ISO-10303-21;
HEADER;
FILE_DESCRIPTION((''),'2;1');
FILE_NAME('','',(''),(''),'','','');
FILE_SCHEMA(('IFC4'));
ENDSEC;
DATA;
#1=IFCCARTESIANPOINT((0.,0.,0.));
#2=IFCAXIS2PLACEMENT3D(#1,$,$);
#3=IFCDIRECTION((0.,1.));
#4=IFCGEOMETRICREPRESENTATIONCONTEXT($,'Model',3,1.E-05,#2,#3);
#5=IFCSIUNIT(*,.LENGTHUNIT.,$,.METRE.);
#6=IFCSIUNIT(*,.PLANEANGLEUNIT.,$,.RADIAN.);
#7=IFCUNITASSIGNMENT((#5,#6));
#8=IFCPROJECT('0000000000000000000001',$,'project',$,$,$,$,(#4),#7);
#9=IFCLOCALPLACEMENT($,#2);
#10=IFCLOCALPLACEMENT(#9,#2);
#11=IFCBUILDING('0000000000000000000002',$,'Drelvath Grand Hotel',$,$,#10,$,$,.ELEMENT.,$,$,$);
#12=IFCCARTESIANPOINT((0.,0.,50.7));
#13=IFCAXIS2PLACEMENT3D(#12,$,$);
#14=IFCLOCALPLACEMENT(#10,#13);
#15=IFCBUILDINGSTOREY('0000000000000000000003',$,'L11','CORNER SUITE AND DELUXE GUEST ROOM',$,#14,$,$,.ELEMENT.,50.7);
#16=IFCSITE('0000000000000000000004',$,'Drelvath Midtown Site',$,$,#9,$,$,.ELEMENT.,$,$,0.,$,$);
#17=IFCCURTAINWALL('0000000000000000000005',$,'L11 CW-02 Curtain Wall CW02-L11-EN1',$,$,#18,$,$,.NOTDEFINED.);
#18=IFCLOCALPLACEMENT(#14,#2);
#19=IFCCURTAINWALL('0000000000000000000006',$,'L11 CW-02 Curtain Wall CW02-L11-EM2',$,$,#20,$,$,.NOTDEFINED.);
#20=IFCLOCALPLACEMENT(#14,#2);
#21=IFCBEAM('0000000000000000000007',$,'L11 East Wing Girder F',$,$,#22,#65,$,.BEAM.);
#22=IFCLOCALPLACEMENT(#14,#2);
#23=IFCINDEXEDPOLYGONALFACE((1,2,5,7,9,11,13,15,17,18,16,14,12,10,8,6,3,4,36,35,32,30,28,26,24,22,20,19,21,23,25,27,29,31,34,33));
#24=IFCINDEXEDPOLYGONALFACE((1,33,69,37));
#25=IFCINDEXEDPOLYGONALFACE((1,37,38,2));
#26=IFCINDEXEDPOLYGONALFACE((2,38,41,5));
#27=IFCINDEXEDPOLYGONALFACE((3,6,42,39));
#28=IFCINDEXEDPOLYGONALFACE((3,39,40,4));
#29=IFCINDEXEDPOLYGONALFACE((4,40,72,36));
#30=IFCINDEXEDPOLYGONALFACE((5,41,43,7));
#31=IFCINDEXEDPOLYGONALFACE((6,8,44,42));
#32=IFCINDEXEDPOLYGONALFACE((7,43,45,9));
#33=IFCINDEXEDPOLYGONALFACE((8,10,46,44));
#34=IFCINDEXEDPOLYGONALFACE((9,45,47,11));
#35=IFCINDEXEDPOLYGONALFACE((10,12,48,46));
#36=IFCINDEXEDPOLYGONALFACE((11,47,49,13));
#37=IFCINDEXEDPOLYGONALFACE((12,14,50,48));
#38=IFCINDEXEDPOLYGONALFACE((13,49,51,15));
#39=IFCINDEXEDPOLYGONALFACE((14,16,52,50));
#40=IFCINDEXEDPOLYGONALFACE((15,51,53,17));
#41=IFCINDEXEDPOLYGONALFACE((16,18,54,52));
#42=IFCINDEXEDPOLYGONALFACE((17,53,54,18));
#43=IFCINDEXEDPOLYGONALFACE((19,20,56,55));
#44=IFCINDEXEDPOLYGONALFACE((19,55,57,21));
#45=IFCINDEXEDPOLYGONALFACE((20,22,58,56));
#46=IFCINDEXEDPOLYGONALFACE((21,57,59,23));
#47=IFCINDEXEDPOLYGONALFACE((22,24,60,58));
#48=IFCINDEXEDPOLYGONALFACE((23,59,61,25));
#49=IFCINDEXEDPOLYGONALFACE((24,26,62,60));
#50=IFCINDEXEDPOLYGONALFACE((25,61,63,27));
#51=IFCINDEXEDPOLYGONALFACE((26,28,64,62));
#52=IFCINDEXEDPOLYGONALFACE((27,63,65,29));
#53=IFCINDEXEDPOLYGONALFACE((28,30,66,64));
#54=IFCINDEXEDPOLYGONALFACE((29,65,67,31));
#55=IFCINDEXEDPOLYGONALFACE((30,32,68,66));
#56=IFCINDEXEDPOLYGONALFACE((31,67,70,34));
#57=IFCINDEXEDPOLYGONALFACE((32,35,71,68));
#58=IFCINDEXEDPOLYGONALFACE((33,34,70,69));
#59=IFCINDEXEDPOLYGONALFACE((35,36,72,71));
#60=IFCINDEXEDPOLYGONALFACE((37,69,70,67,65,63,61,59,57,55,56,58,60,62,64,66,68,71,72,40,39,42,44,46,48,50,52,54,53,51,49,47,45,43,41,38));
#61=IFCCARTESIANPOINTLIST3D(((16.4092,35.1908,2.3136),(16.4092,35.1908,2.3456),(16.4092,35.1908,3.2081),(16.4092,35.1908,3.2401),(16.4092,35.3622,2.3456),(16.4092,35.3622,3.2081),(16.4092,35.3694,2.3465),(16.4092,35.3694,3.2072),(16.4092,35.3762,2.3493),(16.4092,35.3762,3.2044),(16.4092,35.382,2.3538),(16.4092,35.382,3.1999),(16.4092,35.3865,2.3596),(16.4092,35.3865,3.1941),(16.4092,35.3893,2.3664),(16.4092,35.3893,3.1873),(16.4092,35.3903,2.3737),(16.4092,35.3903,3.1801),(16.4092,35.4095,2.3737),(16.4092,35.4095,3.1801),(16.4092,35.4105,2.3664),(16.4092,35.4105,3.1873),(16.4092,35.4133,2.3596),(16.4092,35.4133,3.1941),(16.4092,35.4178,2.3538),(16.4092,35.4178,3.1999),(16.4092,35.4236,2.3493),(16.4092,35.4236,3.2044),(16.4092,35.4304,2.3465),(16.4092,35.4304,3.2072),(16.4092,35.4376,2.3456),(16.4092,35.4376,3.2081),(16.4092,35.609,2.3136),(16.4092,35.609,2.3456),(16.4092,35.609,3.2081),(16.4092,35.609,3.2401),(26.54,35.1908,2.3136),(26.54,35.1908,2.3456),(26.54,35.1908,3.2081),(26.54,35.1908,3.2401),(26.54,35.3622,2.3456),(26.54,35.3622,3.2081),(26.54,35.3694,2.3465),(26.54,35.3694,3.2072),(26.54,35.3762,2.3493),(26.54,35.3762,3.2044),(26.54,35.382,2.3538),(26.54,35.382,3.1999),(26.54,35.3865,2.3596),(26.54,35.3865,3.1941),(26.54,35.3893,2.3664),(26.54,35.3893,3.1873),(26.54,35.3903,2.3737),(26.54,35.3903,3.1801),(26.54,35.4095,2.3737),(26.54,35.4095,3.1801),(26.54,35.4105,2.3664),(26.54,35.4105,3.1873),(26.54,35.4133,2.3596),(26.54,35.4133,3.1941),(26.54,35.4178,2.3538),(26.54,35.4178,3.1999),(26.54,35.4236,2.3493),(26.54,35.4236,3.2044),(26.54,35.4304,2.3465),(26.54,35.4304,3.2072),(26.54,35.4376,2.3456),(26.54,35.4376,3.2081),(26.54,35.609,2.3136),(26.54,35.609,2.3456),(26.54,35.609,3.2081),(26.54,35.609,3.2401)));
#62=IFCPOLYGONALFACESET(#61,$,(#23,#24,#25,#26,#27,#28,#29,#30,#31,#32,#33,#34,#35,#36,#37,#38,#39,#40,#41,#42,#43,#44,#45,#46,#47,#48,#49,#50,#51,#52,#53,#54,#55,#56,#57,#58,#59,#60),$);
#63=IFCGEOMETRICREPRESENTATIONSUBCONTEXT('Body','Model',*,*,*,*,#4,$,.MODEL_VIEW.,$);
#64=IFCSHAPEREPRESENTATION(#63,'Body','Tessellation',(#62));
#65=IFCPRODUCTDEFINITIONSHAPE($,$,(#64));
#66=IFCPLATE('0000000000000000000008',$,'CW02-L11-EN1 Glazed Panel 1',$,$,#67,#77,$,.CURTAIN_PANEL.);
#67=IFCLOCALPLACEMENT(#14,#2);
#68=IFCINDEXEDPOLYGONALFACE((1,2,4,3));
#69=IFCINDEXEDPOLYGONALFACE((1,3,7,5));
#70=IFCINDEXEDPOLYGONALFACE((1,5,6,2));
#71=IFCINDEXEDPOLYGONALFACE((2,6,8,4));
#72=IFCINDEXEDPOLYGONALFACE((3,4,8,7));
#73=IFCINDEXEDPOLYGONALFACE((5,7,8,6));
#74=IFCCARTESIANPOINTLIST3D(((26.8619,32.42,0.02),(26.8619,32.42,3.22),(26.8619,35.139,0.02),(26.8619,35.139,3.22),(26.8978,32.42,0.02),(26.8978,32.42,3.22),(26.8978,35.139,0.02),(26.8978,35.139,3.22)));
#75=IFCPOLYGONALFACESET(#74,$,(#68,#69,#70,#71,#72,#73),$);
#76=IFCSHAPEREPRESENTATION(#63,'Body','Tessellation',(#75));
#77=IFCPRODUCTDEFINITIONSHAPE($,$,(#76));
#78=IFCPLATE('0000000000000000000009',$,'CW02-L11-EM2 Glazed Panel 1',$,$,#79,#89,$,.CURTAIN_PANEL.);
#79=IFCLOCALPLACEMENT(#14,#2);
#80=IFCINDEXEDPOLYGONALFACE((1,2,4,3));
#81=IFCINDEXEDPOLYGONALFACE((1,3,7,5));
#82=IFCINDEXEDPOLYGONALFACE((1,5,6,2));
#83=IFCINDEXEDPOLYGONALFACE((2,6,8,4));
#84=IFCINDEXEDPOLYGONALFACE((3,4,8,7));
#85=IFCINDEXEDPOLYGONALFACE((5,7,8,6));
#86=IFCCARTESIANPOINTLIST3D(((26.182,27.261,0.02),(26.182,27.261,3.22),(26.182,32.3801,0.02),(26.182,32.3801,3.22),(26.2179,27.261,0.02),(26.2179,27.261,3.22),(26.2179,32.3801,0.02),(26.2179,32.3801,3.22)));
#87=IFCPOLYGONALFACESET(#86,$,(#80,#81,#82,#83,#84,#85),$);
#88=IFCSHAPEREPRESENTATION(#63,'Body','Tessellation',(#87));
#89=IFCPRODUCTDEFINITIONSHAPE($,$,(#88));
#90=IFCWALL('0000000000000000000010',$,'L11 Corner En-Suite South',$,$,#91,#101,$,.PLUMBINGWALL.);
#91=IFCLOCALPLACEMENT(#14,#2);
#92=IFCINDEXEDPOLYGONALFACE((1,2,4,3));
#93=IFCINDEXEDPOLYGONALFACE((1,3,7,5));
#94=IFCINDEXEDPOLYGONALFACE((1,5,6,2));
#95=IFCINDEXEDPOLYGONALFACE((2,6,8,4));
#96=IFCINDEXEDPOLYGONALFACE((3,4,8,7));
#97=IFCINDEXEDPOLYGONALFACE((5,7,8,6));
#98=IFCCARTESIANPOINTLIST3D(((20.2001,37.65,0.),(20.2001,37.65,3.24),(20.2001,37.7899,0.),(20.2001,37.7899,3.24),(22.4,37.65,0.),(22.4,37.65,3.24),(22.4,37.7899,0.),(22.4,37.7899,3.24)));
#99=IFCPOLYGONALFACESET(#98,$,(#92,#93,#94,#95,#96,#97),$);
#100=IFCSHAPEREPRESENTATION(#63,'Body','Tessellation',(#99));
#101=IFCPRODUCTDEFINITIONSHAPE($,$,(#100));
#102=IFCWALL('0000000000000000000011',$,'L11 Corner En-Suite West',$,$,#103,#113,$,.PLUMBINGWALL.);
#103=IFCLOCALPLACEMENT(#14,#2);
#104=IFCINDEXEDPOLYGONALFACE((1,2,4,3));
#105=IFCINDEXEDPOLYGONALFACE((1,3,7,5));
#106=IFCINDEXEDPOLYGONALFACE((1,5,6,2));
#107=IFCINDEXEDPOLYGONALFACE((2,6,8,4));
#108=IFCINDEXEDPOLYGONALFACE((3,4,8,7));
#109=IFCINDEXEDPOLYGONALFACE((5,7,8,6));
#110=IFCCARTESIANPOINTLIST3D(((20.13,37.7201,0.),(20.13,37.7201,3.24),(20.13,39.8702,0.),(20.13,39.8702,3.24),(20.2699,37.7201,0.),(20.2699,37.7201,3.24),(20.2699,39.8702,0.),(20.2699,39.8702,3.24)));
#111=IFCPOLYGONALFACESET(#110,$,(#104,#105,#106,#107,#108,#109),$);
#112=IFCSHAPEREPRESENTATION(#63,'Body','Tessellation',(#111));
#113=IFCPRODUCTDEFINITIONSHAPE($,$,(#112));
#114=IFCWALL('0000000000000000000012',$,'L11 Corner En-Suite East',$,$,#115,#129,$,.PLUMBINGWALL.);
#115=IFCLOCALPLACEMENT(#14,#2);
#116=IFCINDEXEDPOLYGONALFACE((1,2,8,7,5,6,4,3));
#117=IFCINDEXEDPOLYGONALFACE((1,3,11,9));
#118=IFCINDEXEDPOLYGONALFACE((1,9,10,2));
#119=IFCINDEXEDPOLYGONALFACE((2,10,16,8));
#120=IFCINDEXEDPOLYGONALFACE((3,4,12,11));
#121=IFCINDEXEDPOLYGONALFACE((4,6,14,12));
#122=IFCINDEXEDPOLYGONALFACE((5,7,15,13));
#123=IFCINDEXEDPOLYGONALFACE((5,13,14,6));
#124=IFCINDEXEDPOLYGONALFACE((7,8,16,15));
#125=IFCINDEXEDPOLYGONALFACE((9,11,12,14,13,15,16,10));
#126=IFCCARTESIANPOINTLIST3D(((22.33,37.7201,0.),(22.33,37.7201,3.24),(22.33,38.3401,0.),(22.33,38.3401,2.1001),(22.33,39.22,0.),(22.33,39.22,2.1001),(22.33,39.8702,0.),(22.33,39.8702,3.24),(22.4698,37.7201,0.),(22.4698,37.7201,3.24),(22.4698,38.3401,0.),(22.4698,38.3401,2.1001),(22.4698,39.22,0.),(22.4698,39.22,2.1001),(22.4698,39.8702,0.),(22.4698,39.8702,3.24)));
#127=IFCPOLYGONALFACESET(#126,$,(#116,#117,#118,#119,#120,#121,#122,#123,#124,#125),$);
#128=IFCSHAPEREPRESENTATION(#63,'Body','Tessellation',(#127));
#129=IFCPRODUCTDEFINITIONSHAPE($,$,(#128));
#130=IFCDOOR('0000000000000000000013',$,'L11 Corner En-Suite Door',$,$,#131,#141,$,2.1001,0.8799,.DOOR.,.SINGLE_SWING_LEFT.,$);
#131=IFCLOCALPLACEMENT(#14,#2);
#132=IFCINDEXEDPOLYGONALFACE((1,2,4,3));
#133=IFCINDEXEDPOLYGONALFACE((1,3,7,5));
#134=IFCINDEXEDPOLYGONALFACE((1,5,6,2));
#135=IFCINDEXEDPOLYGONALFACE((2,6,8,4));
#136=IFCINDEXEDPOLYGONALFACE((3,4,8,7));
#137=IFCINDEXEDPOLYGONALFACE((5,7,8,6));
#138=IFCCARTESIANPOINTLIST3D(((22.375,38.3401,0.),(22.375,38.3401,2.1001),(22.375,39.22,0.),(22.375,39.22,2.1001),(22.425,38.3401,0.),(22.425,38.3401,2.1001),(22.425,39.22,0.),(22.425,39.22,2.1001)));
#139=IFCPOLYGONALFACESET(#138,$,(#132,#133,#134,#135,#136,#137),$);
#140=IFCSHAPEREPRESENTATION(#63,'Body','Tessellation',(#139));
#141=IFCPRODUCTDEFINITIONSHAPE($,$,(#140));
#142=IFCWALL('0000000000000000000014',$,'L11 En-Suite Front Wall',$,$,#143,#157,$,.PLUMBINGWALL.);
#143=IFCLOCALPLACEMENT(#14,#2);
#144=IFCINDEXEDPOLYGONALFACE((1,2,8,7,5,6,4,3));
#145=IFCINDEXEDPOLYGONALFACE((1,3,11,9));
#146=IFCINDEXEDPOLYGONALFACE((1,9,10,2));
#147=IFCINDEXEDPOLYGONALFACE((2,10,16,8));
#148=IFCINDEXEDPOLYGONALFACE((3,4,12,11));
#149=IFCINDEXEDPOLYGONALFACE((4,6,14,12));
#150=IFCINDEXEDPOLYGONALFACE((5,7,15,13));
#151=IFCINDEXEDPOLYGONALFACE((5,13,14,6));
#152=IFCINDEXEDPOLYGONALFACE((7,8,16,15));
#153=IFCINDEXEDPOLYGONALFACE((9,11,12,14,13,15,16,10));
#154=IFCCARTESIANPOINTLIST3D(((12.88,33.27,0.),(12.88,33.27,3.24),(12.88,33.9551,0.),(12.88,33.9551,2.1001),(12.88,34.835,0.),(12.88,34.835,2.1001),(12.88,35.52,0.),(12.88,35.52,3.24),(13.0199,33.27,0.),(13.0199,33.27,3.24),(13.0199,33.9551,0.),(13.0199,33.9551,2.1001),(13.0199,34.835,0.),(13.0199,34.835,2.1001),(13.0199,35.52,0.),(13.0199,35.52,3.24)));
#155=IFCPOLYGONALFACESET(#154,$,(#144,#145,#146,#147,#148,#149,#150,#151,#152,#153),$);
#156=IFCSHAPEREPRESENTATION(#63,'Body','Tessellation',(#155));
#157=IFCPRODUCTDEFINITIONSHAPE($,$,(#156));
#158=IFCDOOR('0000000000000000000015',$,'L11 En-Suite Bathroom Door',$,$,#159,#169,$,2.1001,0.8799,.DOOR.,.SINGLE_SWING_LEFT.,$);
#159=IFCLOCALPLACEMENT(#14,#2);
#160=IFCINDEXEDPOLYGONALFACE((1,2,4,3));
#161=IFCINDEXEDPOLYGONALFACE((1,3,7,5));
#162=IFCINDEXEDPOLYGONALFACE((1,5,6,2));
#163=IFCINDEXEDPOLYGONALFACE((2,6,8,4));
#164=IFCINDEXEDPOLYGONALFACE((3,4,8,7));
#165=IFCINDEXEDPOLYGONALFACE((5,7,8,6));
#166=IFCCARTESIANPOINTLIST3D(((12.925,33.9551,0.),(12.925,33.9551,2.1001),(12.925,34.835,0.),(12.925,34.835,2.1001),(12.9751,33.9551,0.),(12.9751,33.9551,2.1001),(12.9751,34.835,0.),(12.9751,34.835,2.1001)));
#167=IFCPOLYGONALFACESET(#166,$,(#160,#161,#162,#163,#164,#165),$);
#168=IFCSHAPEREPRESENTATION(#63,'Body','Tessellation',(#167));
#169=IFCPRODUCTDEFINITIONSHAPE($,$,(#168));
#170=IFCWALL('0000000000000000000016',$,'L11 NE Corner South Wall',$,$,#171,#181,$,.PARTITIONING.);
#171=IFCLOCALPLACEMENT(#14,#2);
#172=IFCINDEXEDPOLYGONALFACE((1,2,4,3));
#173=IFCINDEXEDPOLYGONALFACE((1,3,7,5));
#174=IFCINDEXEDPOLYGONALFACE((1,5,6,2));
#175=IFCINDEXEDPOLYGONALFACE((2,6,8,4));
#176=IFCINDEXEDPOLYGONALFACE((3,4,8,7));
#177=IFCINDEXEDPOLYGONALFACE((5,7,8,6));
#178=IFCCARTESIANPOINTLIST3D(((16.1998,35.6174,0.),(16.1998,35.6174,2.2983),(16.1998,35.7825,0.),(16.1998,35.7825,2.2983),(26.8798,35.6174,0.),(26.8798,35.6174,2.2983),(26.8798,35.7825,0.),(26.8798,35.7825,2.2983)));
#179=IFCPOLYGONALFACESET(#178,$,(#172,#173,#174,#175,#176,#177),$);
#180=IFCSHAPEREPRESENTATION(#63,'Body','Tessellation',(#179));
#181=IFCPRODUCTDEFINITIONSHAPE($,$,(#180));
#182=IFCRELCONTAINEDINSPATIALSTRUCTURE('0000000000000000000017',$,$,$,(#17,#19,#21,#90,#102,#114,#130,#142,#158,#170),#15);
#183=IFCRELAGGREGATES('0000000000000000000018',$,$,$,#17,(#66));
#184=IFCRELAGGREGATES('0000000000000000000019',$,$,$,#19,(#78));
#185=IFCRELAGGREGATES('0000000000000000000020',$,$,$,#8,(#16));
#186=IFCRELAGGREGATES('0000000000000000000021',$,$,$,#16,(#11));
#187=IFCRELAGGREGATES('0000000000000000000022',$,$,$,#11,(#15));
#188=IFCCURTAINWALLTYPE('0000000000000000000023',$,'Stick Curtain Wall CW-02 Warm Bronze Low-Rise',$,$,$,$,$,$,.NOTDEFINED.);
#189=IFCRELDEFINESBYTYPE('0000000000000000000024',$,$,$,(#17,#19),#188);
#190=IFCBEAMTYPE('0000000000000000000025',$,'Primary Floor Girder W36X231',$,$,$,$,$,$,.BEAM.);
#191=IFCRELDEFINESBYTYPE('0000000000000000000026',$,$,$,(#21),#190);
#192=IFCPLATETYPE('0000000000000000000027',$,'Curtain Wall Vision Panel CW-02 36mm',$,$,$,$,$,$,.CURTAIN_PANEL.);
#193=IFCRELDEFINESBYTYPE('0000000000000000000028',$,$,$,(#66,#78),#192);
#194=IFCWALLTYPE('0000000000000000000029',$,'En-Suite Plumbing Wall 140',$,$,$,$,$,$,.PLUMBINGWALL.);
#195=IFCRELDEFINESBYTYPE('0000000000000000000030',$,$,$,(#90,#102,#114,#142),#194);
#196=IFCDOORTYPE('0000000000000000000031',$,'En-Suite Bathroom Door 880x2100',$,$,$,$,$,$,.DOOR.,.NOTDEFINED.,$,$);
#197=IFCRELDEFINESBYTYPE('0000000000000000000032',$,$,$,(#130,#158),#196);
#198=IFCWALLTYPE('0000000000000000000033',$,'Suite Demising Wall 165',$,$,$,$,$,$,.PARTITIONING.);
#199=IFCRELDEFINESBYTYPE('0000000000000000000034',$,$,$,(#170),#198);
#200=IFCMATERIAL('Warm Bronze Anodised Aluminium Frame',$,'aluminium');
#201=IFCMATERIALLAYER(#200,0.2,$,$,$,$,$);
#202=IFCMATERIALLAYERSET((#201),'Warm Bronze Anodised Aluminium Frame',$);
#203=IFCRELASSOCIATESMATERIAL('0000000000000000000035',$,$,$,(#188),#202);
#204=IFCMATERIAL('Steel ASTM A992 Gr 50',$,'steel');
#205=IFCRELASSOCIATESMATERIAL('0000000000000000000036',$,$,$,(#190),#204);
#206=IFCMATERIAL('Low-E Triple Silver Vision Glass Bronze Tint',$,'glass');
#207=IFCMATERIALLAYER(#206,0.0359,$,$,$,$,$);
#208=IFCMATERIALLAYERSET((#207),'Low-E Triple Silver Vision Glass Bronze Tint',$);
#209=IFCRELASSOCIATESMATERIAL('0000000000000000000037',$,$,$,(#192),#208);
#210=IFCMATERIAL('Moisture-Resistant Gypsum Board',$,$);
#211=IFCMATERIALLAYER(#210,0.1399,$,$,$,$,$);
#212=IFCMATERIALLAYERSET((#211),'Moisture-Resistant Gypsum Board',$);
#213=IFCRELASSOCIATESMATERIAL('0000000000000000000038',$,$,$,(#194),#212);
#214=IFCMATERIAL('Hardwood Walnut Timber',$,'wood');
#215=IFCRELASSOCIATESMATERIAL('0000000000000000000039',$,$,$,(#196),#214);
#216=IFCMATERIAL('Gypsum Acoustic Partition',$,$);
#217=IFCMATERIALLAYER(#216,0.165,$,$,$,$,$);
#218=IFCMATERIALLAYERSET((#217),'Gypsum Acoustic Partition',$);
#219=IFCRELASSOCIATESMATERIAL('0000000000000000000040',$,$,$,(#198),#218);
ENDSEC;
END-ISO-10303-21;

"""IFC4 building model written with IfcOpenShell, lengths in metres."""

from ifc_helpers import new_model, si_unit, direction, frame, frame_2d, origin, origin_2d, place, context, subcontext, project, spatial, rectangle, i_section, extrude, material, layer, layer_set, material_profile, profile_set, type_object, element, fill, aggregate, save


model = new_model("IFC4")

# Units and contexts
model_context = context("Model", 3, precision=1e-05, world=origin(), true_north=direction((0.0, 1.0)))
body_context = subcontext(model_context, "Body", "Model", "MODEL_VIEW")
ifc_project = project(units=[si_unit("LENGTHUNIT", "METRE"), si_unit("PLANEANGLEUNIT", "RADIAN")], contexts=[model_context])

# Site, building, storey
site_placement = place(None, origin())
site = spatial("IfcSite", under=ifc_project, at=site_placement, Name="Drelvath Midtown Site", CompositionType="ELEMENT", RefElevation=0.0)
building_placement = place(site_placement, origin())
building = spatial("IfcBuilding", under=site, at=building_placement, Name="Drelvath Grand Hotel", CompositionType="ELEMENT")
storey_placement = place(building_placement, frame((0.0, 0.0, 50.7)))
storey = spatial("IfcBuildingStorey", under=building, at=storey_placement, Name="L11", Description="CORNER SUITE AND DELUXE GUEST ROOM", CompositionType="ELEMENT", Elevation=50.7)

# Curtain walls
ifc_material_1 = material(Name="Warm Bronze Anodised Aluminium Frame", Category="aluminium")
ifc_layer_1 = layer(ifc_material_1, 0.2)
ifc_layer_set_1 = layer_set([ifc_layer_1], Name="Warm Bronze Anodised Aluminium Frame")
curtain_wall_type = type_object("IfcCurtainWallType", Name="Stick Curtain Wall CW-02 Warm Bronze Low-Rise", PredefinedType="NOTDEFINED", material=ifc_layer_set_1)
curtain_wall_1_placement = place(storey_placement, origin())
curtain_wall_1 = element("IfcCurtainWall", 1, at=curtain_wall_1_placement, inside=storey, type_object=curtain_wall_type, Name="L11 CW-02 Curtain Wall CW02-L11-EN1", PredefinedType="NOTDEFINED")
curtain_wall_2_placement = place(storey_placement, origin())
curtain_wall_2 = element("IfcCurtainWall", 2, at=curtain_wall_2_placement, inside=storey, type_object=curtain_wall_type, Name="L11 CW-02 Curtain Wall CW02-L11-EM2", PredefinedType="NOTDEFINED")

# Beam
ifc_material_2 = material(Name="Steel ASTM A992 Gr 50", Category="steel")
ifc_material_profile_1 = material_profile(ifc_material_2, i_section(OverallWidth=0.4182, OverallDepth=0.9265, WebThickness=0.0193, FlangeThickness=0.032, FilletRadius=0.0281, at=origin_2d()), Name="W36X231")
ifc_profile_set_1 = profile_set([ifc_material_profile_1], Name="Steel ASTM A992 Gr 50")
beam_type_1 = type_object("IfcBeamType", Name="Primary Floor Girder W36X231", PredefinedType="BEAM", material=ifc_profile_set_1)
beam_1_placement = place(storey_placement, frame((16.4092, 35.3999, 2.7769), z_axis=(1.0, 0.0, 0.0), x_axis=(0.0, 1.0, 0.0)))
element("IfcBeam", 3, at=beam_1_placement, inside=storey, type_object=beam_type_1, Name="L11 East Wing Girder F", PredefinedType="BEAM", context=body_context, shape_type="SweptSolid", body=[
    extrude(i_section(OverallWidth=0.4182, OverallDepth=0.9265, WebThickness=0.0193, FlangeThickness=0.032, FilletRadius=0.0281, at=origin_2d()), origin(), (0.0, 0.0, 1.0), 10.1309),
])

# Plates
ifc_material_3 = material(Name="Low-E Triple Silver Vision Glass Bronze Tint", Category="glass")
ifc_layer_2 = layer(ifc_material_3, 0.0359)
ifc_layer_set_2 = layer_set([ifc_layer_2], Name="Low-E Triple Silver Vision Glass Bronze Tint")
plate_type = type_object("IfcPlateType", Name="Curtain Wall Vision Panel CW-02 36mm", PredefinedType="CURTAIN_PANEL", material=ifc_layer_set_2)
plate_1_placement = place(storey_placement, frame((26.8799, 33.7795, 0.02), z_axis=(0.0, 0.0, 1.0), x_axis=(0.0, -1.0, 0.0)))
plate_1 = element("IfcPlate", 4, at=plate_1_placement, type_object=plate_type, Name="CW02-L11-EN1 Glazed Panel 1", PredefinedType="CURTAIN_PANEL", context=body_context, shape_type="SweptSolid", body=[
    extrude(rectangle(XDim=2.719, YDim=0.0359, at=origin_2d()), origin(), (0.0, 0.0, 1.0), 3.2),
])
aggregate(curtain_wall_1, [plate_1])
plate_2_placement = place(storey_placement, frame((26.2, 29.8206, 0.02), z_axis=(0.0, 0.0, 1.0), x_axis=(0.0, -1.0, 0.0)))
plate_2 = element("IfcPlate", 5, at=plate_2_placement, type_object=plate_type, Name="CW02-L11-EM2 Glazed Panel 1", PredefinedType="CURTAIN_PANEL", context=body_context, shape_type="SweptSolid", body=[
    extrude(rectangle(XDim=5.1191, YDim=0.0359, at=origin_2d()), origin(), (0.0, 0.0, 1.0), 3.2),
])
aggregate(curtain_wall_2, [plate_2])

# Shared definitions
ifc_material_4 = material(Name="Hardwood Walnut Timber", Category="wood")

# Walls
ifc_material_5 = material(Name="Moisture-Resistant Gypsum Board")
ifc_layer_3 = layer(ifc_material_5, 0.1399)
ifc_layer_set_3 = layer_set([ifc_layer_3], Name="Moisture-Resistant Gypsum Board")
wall_type_1 = type_object("IfcWallType", Name="En-Suite Plumbing Wall 140", PredefinedType="PLUMBINGWALL", material=ifc_layer_set_3)
wall_1_placement = place(storey_placement, frame((20.2, 37.72, 0.0), z_axis=(0.0, 0.0, 1.0), x_axis=(1.0, 0.0, 0.0)))
element("IfcWall", 6, at=wall_1_placement, inside=storey, type_object=wall_type_1, Name="L11 Corner En-Suite South", PredefinedType="PLUMBINGWALL", context=body_context, shape_type="SweptSolid", body=[
    extrude(rectangle(XDim=2.2, YDim=0.1399, at=frame_2d((1.1001, 0.0))), origin(), (0.0, 0.0, 1.0), 3.24),
])
wall_2_placement = place(storey_placement, frame((20.2, 37.72, 0.0), z_axis=(0.0, 0.0, 1.0), x_axis=(0.0, 1.0, 0.0)))
element("IfcWall", 7, at=wall_2_placement, inside=storey, type_object=wall_type_1, Name="L11 Corner En-Suite West", PredefinedType="PLUMBINGWALL", context=body_context, shape_type="SweptSolid", body=[
    extrude(rectangle(XDim=2.1501, YDim=0.1399, at=frame_2d((1.0752, 0.0))), origin(), (0.0, 0.0, 1.0), 3.24),
])

# Walls, openings, doors
wall_3_placement = place(storey_placement, frame((22.3999, 37.72, 0.0), z_axis=(0.0, 0.0, 1.0), x_axis=(0.0, 1.0, 0.0)))
wall_3 = element("IfcWall", 8, at=wall_3_placement, inside=storey, type_object=wall_type_1, Name="L11 Corner En-Suite East", PredefinedType="PLUMBINGWALL", context=body_context, shape_type="SweptSolid", body=[
    extrude(rectangle(XDim=2.1501, YDim=0.1399, at=frame_2d((1.0752, 0.0))), origin(), (0.0, 0.0, 1.0), 3.24),
])
opening_1_placement = place(wall_3_placement, frame((0.6201, 0.0, 0.0)))
opening_1 = element("IfcOpeningElement", 9, at=opening_1_placement, cuts=wall_3, PredefinedType="OPENING", context=body_context, shape_type="SweptSolid", body=[
    extrude(rectangle(XDim=0.8799, YDim=2.1001, at=frame_2d((0.4399, 1.05))), frame((0.0, 0.0798, 0.0), z_axis=(0.0, -1.0, 0.0), x_axis=(1.0, 0.0, 0.0)), (0.0, 0.0, 1.0), 0.1599),
])
door_type_1 = type_object("IfcDoorType", Name="En-Suite Bathroom Door 880x2100", OperationType="NOTDEFINED", PredefinedType="DOOR", material=ifc_material_4)
door_1_placement = place(opening_1_placement, origin())
door_1 = element("IfcDoor", 10, at=door_1_placement, inside=storey, type_object=door_type_1, Name="L11 Corner En-Suite Door", OperationType="SINGLE_SWING_LEFT", OverallHeight=2.1001, OverallWidth=0.8799, PredefinedType="DOOR", context=body_context, shape_type="SweptSolid", body=[
    extrude(rectangle(XDim=0.8799, YDim=2.1001, at=frame_2d((0.4399, 1.05))), frame((0.0, 0.0249, 0.0), z_axis=(0.0, -1.0, 0.0), x_axis=(1.0, 0.0, 0.0)), (0.0, 0.0, 1.0), 0.05),
])
fill(opening_1, door_1)
wall_4_placement = place(storey_placement, frame((12.95, 33.27, 0.0), z_axis=(0.0, 0.0, 1.0), x_axis=(0.0, 1.0, 0.0)))
wall_4 = element("IfcWall", 11, at=wall_4_placement, inside=storey, type_object=wall_type_1, Name="L11 En-Suite Front Wall", PredefinedType="PLUMBINGWALL", context=body_context, shape_type="SweptSolid", body=[
    extrude(rectangle(XDim=2.25, YDim=0.1399, at=frame_2d((1.125, 0.0))), origin(), (0.0, 0.0, 1.0), 3.24),
])
opening_2_placement = place(wall_4_placement, frame((0.6851, 0.0, 0.0)))
opening_2 = element("IfcOpeningElement", 12, at=opening_2_placement, cuts=wall_4, PredefinedType="OPENING", context=body_context, shape_type="SweptSolid", body=[
    extrude(rectangle(XDim=0.8799, YDim=2.1001, at=frame_2d((0.4399, 1.05))), frame((0.0, 0.0798, 0.0), z_axis=(0.0, -1.0, 0.0), x_axis=(1.0, 0.0, 0.0)), (0.0, 0.0, 1.0), 0.1599),
])
door_2_placement = place(opening_2_placement, origin())
door_2 = element("IfcDoor", 13, at=door_2_placement, inside=storey, type_object=door_type_1, Name="L11 En-Suite Bathroom Door", OperationType="SINGLE_SWING_LEFT", OverallHeight=2.1001, OverallWidth=0.8799, PredefinedType="DOOR", context=body_context, shape_type="SweptSolid", body=[
    extrude(rectangle(XDim=0.8799, YDim=2.1001, at=frame_2d((0.4399, 1.05))), frame((0.0, 0.0249, 0.0), z_axis=(0.0, -1.0, 0.0), x_axis=(1.0, 0.0, 0.0)), (0.0, 0.0, 1.0), 0.05),
])
fill(opening_2, door_2)

# Wall
ifc_material_6 = material(Name="Gypsum Acoustic Partition")
ifc_layer_4 = layer(ifc_material_6, 0.165)
ifc_layer_set_4 = layer_set([ifc_layer_4], Name="Gypsum Acoustic Partition")
wall_type_2 = type_object("IfcWallType", Name="Suite Demising Wall 165", PredefinedType="PARTITIONING", material=ifc_layer_set_4)
wall_5_placement = place(storey_placement, frame((16.2, 35.7, 0.0), z_axis=(0.0, 0.0, 1.0), x_axis=(1.0, 0.0, 0.0)))
element("IfcWall", 14, at=wall_5_placement, inside=storey, type_object=wall_type_2, Name="L11 NE Corner South Wall", PredefinedType="PARTITIONING", context=body_context, shape_type="SweptSolid", body=[
    extrude(rectangle(XDim=10.6799, YDim=0.165, at=frame_2d((5.3398, 0.0))), origin(), (0.0, 0.0, 1.0), 2.2983),
])

save(model, "model.ifc")
